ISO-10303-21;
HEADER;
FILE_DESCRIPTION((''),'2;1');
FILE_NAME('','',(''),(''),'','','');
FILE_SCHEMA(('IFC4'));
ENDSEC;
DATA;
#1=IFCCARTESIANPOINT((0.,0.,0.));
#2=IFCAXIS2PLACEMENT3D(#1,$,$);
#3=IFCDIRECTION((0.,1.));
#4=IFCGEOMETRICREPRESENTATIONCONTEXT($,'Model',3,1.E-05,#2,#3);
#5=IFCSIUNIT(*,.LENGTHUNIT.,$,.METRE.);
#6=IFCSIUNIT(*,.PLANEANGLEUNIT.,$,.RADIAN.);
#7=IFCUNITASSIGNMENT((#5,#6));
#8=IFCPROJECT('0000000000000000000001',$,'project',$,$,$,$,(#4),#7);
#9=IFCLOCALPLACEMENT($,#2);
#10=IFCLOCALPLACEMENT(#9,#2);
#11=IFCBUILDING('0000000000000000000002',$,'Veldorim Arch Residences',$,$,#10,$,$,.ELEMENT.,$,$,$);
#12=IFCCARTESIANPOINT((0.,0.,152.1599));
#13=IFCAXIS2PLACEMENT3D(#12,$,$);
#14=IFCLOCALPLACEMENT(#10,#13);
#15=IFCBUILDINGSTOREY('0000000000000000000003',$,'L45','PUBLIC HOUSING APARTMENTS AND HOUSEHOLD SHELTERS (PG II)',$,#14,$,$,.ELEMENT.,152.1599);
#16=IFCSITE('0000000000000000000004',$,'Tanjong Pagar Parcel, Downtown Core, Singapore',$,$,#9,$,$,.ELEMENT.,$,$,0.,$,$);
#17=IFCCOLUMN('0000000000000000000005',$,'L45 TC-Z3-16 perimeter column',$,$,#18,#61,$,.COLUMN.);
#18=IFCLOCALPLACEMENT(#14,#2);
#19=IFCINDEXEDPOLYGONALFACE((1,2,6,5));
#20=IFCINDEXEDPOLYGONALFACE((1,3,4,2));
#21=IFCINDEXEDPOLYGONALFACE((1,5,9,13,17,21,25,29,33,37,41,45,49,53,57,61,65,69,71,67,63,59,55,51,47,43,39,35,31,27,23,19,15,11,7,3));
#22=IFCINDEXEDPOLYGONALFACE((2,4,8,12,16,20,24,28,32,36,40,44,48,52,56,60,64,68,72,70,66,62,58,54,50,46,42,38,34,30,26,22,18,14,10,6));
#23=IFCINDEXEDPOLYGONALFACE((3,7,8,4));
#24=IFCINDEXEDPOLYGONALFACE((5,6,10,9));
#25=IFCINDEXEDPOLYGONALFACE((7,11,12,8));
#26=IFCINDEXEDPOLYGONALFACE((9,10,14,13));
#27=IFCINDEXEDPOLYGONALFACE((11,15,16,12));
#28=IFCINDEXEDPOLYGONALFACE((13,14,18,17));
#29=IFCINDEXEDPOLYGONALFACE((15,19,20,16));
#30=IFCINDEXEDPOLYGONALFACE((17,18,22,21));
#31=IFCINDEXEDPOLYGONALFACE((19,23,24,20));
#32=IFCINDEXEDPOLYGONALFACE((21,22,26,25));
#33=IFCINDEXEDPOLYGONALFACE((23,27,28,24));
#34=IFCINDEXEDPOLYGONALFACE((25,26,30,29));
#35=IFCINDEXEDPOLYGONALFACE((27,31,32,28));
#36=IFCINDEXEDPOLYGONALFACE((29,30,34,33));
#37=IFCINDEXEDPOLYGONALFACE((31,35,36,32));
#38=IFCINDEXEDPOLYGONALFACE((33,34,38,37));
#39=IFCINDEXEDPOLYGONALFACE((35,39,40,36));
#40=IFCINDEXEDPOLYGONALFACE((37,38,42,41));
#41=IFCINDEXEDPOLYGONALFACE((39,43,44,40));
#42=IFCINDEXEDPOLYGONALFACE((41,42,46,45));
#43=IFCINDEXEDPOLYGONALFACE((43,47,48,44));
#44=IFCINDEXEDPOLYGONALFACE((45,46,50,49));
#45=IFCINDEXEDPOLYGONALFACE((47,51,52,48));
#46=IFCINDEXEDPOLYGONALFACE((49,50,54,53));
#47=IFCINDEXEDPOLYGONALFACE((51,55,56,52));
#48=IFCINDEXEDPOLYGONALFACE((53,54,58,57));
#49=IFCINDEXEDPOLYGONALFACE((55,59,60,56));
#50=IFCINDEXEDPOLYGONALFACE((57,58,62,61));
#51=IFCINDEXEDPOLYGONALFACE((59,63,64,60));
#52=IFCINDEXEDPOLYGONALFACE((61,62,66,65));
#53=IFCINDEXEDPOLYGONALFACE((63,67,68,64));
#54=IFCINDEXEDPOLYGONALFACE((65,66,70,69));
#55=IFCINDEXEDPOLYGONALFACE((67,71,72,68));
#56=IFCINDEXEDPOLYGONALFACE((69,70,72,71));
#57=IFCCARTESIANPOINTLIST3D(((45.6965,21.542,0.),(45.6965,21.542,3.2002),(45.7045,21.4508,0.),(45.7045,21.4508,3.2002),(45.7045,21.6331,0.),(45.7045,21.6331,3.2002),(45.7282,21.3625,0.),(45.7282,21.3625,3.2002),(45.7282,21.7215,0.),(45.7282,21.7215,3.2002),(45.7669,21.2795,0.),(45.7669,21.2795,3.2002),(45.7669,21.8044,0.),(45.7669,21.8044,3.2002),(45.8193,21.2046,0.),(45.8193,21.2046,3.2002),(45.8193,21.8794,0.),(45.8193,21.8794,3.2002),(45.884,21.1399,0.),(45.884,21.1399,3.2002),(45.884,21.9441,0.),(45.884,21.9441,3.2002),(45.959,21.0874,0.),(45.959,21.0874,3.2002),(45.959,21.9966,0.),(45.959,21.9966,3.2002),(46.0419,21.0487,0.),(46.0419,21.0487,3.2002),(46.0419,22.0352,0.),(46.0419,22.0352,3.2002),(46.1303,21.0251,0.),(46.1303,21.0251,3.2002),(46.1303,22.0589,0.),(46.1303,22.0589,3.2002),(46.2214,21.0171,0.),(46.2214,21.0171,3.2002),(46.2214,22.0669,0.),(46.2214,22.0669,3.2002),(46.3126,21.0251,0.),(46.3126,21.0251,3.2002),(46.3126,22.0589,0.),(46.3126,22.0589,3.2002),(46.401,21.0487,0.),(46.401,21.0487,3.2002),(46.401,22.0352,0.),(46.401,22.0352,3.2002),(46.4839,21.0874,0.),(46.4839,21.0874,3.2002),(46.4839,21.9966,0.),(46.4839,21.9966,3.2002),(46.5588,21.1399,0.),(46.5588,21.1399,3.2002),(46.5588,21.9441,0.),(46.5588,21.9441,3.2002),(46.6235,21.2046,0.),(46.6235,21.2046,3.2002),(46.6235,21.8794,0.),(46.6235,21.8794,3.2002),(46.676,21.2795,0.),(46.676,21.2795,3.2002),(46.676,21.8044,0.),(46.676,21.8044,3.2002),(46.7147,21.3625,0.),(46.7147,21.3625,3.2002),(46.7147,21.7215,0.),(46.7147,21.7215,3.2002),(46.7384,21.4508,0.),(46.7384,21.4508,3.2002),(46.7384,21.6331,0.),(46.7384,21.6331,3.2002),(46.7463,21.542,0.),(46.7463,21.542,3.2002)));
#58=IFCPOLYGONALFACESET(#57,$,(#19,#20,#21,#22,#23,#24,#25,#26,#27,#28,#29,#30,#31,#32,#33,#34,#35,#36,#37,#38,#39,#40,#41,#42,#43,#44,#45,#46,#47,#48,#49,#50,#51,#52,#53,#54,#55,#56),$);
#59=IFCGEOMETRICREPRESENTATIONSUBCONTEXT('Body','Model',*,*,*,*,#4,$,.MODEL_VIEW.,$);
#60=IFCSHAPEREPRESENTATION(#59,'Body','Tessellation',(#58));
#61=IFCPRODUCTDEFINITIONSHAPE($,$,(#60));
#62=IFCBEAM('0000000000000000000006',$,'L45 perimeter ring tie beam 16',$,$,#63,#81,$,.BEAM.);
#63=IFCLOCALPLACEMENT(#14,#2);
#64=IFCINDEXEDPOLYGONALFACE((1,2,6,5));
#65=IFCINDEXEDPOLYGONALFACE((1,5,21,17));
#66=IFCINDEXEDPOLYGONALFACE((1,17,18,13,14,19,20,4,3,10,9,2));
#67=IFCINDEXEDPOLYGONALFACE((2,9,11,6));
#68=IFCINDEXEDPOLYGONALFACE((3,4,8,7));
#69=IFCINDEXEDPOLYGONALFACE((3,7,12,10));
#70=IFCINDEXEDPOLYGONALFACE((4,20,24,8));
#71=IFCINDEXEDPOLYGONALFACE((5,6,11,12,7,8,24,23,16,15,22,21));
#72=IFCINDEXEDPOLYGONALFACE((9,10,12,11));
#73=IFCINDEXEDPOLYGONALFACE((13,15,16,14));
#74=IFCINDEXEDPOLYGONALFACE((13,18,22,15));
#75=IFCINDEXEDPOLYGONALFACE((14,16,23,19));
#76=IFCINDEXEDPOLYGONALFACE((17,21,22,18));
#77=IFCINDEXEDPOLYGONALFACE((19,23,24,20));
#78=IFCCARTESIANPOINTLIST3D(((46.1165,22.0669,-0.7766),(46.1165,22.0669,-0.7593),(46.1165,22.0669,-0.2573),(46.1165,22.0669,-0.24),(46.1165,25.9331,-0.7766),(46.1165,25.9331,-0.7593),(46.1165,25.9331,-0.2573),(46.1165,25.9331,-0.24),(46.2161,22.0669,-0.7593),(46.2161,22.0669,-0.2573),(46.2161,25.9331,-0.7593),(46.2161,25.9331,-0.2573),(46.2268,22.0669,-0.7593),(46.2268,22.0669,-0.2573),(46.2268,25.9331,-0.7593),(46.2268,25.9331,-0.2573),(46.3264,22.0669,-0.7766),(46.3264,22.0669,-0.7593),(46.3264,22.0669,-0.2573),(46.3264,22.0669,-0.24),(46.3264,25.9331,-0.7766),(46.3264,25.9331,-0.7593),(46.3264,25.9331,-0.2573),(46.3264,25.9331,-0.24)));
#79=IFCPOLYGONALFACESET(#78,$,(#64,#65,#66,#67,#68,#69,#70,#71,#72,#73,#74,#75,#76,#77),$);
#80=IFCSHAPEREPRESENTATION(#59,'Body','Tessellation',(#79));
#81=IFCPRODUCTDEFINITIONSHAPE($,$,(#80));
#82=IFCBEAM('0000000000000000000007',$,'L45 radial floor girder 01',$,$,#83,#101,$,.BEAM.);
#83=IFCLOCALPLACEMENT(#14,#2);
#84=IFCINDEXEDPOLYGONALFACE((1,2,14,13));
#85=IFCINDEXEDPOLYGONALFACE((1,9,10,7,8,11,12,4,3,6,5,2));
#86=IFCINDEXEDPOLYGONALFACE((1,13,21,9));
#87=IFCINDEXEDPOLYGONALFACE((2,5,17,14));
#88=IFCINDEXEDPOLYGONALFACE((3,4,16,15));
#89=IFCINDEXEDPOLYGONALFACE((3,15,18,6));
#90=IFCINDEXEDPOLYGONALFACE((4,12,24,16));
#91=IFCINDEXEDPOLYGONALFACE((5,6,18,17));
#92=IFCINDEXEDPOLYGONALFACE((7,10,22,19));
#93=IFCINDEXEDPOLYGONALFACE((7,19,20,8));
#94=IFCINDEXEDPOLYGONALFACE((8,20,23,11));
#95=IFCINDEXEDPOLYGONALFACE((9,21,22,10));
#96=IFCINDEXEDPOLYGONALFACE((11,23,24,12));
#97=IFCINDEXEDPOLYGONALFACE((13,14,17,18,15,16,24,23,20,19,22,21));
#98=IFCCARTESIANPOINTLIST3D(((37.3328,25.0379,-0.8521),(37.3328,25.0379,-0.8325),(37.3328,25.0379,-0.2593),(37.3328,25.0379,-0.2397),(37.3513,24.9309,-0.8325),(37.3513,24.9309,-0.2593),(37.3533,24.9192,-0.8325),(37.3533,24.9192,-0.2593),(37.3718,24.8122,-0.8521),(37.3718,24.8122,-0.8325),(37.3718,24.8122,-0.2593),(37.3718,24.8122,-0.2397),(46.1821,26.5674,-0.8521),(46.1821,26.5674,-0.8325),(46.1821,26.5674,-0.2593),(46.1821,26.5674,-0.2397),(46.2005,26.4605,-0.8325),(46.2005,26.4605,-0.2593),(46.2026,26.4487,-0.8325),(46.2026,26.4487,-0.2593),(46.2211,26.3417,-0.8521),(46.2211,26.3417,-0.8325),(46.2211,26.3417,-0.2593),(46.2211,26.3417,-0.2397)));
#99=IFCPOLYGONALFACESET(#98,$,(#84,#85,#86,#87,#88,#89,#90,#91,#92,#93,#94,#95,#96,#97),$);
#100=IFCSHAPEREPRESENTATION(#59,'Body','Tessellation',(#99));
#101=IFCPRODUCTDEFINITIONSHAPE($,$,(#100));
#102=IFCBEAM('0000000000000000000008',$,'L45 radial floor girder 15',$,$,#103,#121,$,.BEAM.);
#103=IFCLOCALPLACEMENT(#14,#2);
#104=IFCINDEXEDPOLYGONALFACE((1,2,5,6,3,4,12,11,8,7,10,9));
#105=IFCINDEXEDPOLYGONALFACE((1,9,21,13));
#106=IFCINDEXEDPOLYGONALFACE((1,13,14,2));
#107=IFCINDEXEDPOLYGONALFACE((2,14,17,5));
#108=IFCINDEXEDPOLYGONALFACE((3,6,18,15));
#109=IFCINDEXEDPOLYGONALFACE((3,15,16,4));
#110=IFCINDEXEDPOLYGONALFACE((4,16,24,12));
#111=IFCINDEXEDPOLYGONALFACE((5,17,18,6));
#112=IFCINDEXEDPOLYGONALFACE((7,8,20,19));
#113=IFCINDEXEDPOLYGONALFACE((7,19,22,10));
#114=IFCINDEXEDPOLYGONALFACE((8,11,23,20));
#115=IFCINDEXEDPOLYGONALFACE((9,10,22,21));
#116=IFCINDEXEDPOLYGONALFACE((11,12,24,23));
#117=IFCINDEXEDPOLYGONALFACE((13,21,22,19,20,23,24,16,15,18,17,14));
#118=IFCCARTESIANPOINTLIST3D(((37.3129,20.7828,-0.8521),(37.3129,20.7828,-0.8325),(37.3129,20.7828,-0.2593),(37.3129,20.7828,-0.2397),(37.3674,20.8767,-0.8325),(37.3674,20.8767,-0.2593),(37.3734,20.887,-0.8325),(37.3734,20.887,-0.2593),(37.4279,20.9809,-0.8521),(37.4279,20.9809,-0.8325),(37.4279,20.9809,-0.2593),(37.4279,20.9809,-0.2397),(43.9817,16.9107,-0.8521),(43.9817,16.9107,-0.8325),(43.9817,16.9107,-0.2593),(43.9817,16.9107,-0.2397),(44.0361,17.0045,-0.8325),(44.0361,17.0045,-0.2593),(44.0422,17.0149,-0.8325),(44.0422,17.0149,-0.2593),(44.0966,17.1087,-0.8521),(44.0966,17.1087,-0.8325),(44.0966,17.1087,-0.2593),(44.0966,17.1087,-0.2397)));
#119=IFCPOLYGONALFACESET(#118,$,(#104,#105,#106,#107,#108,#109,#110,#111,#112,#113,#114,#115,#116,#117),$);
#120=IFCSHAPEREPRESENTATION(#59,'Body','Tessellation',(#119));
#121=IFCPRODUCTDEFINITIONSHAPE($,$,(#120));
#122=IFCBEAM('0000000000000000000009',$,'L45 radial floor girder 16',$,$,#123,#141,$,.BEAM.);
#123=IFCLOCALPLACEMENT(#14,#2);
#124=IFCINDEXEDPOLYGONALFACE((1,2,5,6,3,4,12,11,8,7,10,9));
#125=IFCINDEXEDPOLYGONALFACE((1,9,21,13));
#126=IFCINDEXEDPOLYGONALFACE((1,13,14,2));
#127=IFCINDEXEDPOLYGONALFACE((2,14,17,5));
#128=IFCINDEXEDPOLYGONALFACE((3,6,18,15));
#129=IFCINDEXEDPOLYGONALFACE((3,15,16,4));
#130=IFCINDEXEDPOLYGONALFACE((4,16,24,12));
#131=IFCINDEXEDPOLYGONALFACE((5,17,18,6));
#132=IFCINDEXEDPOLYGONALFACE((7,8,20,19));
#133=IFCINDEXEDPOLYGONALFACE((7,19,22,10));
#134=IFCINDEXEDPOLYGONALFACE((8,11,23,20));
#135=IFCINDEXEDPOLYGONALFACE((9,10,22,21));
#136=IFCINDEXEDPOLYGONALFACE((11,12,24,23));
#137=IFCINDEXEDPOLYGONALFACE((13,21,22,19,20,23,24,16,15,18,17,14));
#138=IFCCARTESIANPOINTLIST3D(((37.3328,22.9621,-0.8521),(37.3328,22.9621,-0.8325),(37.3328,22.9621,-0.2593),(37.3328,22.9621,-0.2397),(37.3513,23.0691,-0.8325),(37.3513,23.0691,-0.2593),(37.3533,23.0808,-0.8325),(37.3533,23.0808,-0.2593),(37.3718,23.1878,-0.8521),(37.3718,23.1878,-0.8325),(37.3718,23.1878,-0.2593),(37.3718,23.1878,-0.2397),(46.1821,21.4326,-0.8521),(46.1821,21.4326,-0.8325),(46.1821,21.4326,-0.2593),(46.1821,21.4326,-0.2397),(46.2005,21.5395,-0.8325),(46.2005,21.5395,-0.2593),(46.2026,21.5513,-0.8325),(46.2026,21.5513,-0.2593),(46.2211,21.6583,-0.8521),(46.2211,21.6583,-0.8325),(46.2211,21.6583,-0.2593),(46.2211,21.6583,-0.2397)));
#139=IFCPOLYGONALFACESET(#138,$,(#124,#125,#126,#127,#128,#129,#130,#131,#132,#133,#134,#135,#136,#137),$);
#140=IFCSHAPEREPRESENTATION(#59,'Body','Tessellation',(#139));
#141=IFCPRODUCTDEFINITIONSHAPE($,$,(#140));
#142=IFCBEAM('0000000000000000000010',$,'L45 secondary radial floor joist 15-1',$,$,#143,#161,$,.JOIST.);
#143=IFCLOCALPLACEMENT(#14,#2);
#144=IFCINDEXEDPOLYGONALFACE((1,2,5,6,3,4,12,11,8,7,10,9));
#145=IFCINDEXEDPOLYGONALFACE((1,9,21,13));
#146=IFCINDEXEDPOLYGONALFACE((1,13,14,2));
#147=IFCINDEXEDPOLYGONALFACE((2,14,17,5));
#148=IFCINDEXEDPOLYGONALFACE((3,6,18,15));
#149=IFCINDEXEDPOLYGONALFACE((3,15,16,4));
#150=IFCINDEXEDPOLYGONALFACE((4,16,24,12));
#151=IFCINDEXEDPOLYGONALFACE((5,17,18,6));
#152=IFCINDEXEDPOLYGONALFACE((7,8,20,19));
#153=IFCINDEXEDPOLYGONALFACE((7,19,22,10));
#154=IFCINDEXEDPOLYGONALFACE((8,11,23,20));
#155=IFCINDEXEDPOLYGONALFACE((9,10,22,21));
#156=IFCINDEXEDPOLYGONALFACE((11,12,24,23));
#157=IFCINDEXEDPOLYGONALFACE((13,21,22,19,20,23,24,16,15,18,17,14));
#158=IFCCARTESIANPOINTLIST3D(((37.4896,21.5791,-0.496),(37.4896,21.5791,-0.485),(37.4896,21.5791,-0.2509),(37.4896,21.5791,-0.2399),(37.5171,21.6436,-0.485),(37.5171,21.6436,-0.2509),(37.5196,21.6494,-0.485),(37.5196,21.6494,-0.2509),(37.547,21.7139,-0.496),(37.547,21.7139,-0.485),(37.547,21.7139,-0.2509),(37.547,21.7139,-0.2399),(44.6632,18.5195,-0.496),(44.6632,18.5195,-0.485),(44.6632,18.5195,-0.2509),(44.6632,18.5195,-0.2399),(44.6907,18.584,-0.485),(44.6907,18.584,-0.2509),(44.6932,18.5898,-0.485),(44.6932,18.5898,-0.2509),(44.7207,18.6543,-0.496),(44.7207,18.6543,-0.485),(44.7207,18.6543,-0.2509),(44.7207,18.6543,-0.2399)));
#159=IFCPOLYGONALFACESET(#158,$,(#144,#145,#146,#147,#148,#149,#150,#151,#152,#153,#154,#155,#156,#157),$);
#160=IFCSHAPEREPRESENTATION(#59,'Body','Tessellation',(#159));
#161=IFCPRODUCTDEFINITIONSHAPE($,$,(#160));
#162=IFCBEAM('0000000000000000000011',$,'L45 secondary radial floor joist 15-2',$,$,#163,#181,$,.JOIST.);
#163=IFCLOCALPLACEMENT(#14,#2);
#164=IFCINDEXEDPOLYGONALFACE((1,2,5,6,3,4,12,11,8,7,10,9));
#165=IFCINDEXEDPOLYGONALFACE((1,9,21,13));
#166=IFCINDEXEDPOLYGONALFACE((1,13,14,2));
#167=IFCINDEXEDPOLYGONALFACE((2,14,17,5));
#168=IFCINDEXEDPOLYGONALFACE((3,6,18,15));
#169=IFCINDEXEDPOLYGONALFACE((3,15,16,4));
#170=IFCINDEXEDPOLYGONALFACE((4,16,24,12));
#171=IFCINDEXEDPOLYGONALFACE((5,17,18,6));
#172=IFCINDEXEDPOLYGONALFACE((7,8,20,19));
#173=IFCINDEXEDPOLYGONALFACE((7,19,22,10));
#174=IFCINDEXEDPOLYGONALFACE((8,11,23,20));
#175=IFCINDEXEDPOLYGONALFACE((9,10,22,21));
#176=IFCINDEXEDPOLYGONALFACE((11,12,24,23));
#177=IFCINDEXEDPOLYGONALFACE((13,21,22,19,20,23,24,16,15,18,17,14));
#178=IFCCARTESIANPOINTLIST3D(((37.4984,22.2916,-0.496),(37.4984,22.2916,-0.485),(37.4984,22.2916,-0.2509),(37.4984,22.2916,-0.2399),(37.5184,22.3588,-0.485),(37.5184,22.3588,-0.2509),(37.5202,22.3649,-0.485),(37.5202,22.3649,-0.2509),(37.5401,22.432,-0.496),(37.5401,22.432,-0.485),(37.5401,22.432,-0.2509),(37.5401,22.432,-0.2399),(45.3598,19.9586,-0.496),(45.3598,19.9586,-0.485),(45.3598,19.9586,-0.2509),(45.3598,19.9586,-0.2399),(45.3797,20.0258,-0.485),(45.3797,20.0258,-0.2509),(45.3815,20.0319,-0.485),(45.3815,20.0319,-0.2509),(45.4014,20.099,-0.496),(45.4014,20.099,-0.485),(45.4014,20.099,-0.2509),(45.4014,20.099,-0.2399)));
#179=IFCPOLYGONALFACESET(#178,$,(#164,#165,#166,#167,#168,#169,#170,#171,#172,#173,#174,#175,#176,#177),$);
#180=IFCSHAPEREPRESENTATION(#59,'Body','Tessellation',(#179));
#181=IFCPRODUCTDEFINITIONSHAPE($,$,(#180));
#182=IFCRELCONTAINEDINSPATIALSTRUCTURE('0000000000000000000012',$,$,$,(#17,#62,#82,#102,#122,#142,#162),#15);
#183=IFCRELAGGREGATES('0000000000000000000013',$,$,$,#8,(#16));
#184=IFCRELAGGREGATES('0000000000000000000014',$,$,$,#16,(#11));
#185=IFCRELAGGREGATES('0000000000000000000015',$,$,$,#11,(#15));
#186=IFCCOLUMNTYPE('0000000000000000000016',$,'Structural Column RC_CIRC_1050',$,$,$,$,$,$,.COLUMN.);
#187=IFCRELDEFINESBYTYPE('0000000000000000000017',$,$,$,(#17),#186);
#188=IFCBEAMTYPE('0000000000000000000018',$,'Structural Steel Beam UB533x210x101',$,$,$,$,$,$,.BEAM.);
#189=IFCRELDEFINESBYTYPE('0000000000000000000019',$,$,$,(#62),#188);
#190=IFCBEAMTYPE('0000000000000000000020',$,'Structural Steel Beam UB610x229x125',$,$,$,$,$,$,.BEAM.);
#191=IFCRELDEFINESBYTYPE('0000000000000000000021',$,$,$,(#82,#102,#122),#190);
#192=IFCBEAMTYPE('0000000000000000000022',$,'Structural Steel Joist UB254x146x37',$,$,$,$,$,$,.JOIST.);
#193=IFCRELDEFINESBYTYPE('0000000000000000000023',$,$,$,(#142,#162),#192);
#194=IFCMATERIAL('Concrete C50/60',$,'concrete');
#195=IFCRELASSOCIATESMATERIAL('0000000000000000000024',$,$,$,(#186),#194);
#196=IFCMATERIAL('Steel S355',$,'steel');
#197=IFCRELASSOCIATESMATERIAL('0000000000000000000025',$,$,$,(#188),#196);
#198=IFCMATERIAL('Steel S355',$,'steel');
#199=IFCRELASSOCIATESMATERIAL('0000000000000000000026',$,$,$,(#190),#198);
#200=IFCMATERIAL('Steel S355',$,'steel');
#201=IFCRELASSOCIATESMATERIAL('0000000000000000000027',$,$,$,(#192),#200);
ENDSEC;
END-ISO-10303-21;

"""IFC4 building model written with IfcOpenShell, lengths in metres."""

from ifc_helpers import new_model, si_unit, direction, frame, origin, origin_2d, place, context, subcontext, project, spatial, circle, i_section, extrude, material, material_profile, profile_set, type_object, element, save


model = new_model("IFC4")

# Units and contexts
model_context = context("Model", 3, precision=1e-05, world=origin(), true_north=direction((0.0, 1.0)))
body_context = subcontext(model_context, "Body", "Model", "MODEL_VIEW")
ifc_project = project(units=[si_unit("LENGTHUNIT", "METRE"), si_unit("PLANEANGLEUNIT", "RADIAN")], contexts=[model_context])

# Site, building, storey
site_placement = place(None, origin())
site = spatial("IfcSite", under=ifc_project, at=site_placement, Name="Tanjong Pagar Parcel, Downtown Core, Singapore", CompositionType="ELEMENT", RefElevation=0.0)
building_placement = place(site_placement, origin())
building = spatial("IfcBuilding", under=site, at=building_placement, Name="Veldorim Arch Residences", CompositionType="ELEMENT")
storey_placement = place(building_placement, frame((0.0, 0.0, 152.1599)))
storey = spatial("IfcBuildingStorey", under=building, at=storey_placement, Name="L45", Description="PUBLIC HOUSING APARTMENTS AND HOUSEHOLD SHELTERS (PG II)", CompositionType="ELEMENT", Elevation=152.1599)

# Column
ifc_material_1 = material(Name="Concrete C50/60", Category="concrete")
ifc_material_profile_1 = material_profile(ifc_material_1, circle(Radius=0.5249, at=origin_2d()), Name="RC_CIRC_1050")
ifc_profile_set_1 = profile_set([ifc_material_profile_1], Name="Concrete C50/60")
column_type = type_object("IfcColumnType", Name="Structural Column RC_CIRC_1050", PredefinedType="COLUMN", material=ifc_profile_set_1)
column_placement = place(storey_placement, frame((46.2214, 21.542, 0.0), z_axis=(0.0, 0.0, 1.0), x_axis=(1.0, 0.0, 0.0)))
element("IfcColumn", 1, at=column_placement, inside=storey, type_object=column_type, Name="L45 TC-Z3-16 perimeter column", PredefinedType="COLUMN", context=body_context, shape_type="SweptSolid", body=[
    extrude(circle(Radius=0.5249, at=origin_2d()), origin(), (0.0, 0.0, 1.0), 3.2002),
])

# Beams
ifc_material_2 = material(Name="Steel S355", Category="steel")
ifc_material_profile_2 = material_profile(ifc_material_2, i_section(OverallWidth=0.21, OverallDepth=0.5366, WebThickness=0.0107, FlangeThickness=0.0173, at=origin_2d()), Name="UB533x210x101")
ifc_profile_set_2 = profile_set([ifc_material_profile_2], Name="Steel S355")
beam_type_1 = type_object("IfcBeamType", Name="Structural Steel Beam UB533x210x101", PredefinedType="BEAM", material=ifc_profile_set_2)
beam_1_placement = place(storey_placement, frame((46.2214, 22.0669, -0.5083), z_axis=(0.0, 1.0, 0.0), x_axis=(-1.0, 0.0, 0.0)))
element("IfcBeam", 2, at=beam_1_placement, inside=storey, type_object=beam_type_1, Name="L45 perimeter ring tie beam 16", PredefinedType="BEAM", context=body_context, shape_type="SweptSolid", body=[
    extrude(i_section(OverallWidth=0.21, OverallDepth=0.5366, WebThickness=0.0107, FlangeThickness=0.0173, at=origin_2d()), origin(), (0.0, 0.0, 1.0), 3.8662),
])
ifc_material_3 = material(Name="Steel S355", Category="steel")
ifc_material_profile_3 = material_profile(ifc_material_3, i_section(OverallWidth=0.229, OverallDepth=0.6123, WebThickness=0.012, FlangeThickness=0.0195, at=origin_2d()), Name="UB610x229x125")
ifc_profile_set_3 = profile_set([ifc_material_profile_3], Name="Steel S355")
beam_type_2 = type_object("IfcBeamType", Name="Structural Steel Beam UB610x229x125", PredefinedType="BEAM", material=ifc_profile_set_3)
beam_2_placement = place(storey_placement, frame((37.3523, 24.925, -0.5459), z_axis=(0.985389, 0.170317, 0.0), x_axis=(-0.170317, 0.985389, 0.0)))
element("IfcBeam", 3, at=beam_2_placement, inside=storey, type_object=beam_type_2, Name="L45 radial floor girder 01", PredefinedType="BEAM", context=body_context, shape_type="SweptSolid", body=[
    extrude(i_section(OverallWidth=0.229, OverallDepth=0.6123, WebThickness=0.012, FlangeThickness=0.0195, at=origin_2d()), origin(), (0.0, 0.0, 1.0), 8.9805),
])
beam_3_placement = place(storey_placement, frame((37.3704, 20.8818, -0.5459), z_axis=(0.864793, -0.502128, 0.0), x_axis=(0.502128, 0.864793, 0.0)))
element("IfcBeam", 4, at=beam_3_placement, inside=storey, type_object=beam_type_2, Name="L45 radial floor girder 15", PredefinedType="BEAM", context=body_context, shape_type="SweptSolid", body=[
    extrude(i_section(OverallWidth=0.229, OverallDepth=0.6123, WebThickness=0.012, FlangeThickness=0.0195, at=origin_2d()), origin(), (0.0, 0.0, 1.0), 7.7114),
])
beam_4_placement = place(storey_placement, frame((37.3523, 23.075, -0.5459), z_axis=(0.985389, -0.170317, 0.0), x_axis=(0.170317, 0.985389, 0.0)))
element("IfcBeam", 5, at=beam_4_placement, inside=storey, type_object=beam_type_2, Name="L45 radial floor girder 16", PredefinedType="BEAM", context=body_context, shape_type="SweptSolid", body=[
    extrude(i_section(OverallWidth=0.229, OverallDepth=0.6123, WebThickness=0.012, FlangeThickness=0.0195, at=origin_2d()), origin(), (0.0, 0.0, 1.0), 8.9805),
])
ifc_material_4 = material(Name="Steel S355", Category="steel")
ifc_material_profile_4 = material_profile(ifc_material_4, i_section(OverallWidth=0.1465, OverallDepth=0.2561, WebThickness=0.0063, FlangeThickness=0.011, at=origin_2d()), Name="UB254x146x37")
ifc_profile_set_4 = profile_set([ifc_material_profile_4], Name="Steel S355")
beam_type_3 = type_object("IfcBeamType", Name="Structural Steel Joist UB254x146x37", PredefinedType="JOIST", material=ifc_profile_set_4)
beam_5_placement = place(storey_placement, frame((37.5183, 21.6465, -0.3679), z_axis=(0.919832, -0.392313, 0.0), x_axis=(0.392313, 0.919832, 0.0)))
element("IfcBeam", 6, at=beam_5_placement, inside=storey, type_object=beam_type_3, Name="L45 secondary radial floor joist 15-1", PredefinedType="JOIST", context=body_context, shape_type="SweptSolid", body=[
    extrude(i_section(OverallWidth=0.1465, OverallDepth=0.2561, WebThickness=0.0063, FlangeThickness=0.011, at=origin_2d()), origin(), (0.0, 0.0, 1.0), 7.7988),
])
beam_6_placement = place(storey_placement, frame((37.5193, 22.3618, -0.3679), z_axis=(0.958674, -0.284506, 0.0), x_axis=(0.284506, 0.958674, 0.0)))
element("IfcBeam", 7, at=beam_6_placement, inside=storey, type_object=beam_type_3, Name="L45 secondary radial floor joist 15-2", PredefinedType="JOIST", context=body_context, shape_type="SweptSolid", body=[
    extrude(i_section(OverallWidth=0.1465, OverallDepth=0.2561, WebThickness=0.0063, FlangeThickness=0.011, at=origin_2d()), origin(), (0.0, 0.0, 1.0), 8.2002),
])

save(model, "model.ifc")
